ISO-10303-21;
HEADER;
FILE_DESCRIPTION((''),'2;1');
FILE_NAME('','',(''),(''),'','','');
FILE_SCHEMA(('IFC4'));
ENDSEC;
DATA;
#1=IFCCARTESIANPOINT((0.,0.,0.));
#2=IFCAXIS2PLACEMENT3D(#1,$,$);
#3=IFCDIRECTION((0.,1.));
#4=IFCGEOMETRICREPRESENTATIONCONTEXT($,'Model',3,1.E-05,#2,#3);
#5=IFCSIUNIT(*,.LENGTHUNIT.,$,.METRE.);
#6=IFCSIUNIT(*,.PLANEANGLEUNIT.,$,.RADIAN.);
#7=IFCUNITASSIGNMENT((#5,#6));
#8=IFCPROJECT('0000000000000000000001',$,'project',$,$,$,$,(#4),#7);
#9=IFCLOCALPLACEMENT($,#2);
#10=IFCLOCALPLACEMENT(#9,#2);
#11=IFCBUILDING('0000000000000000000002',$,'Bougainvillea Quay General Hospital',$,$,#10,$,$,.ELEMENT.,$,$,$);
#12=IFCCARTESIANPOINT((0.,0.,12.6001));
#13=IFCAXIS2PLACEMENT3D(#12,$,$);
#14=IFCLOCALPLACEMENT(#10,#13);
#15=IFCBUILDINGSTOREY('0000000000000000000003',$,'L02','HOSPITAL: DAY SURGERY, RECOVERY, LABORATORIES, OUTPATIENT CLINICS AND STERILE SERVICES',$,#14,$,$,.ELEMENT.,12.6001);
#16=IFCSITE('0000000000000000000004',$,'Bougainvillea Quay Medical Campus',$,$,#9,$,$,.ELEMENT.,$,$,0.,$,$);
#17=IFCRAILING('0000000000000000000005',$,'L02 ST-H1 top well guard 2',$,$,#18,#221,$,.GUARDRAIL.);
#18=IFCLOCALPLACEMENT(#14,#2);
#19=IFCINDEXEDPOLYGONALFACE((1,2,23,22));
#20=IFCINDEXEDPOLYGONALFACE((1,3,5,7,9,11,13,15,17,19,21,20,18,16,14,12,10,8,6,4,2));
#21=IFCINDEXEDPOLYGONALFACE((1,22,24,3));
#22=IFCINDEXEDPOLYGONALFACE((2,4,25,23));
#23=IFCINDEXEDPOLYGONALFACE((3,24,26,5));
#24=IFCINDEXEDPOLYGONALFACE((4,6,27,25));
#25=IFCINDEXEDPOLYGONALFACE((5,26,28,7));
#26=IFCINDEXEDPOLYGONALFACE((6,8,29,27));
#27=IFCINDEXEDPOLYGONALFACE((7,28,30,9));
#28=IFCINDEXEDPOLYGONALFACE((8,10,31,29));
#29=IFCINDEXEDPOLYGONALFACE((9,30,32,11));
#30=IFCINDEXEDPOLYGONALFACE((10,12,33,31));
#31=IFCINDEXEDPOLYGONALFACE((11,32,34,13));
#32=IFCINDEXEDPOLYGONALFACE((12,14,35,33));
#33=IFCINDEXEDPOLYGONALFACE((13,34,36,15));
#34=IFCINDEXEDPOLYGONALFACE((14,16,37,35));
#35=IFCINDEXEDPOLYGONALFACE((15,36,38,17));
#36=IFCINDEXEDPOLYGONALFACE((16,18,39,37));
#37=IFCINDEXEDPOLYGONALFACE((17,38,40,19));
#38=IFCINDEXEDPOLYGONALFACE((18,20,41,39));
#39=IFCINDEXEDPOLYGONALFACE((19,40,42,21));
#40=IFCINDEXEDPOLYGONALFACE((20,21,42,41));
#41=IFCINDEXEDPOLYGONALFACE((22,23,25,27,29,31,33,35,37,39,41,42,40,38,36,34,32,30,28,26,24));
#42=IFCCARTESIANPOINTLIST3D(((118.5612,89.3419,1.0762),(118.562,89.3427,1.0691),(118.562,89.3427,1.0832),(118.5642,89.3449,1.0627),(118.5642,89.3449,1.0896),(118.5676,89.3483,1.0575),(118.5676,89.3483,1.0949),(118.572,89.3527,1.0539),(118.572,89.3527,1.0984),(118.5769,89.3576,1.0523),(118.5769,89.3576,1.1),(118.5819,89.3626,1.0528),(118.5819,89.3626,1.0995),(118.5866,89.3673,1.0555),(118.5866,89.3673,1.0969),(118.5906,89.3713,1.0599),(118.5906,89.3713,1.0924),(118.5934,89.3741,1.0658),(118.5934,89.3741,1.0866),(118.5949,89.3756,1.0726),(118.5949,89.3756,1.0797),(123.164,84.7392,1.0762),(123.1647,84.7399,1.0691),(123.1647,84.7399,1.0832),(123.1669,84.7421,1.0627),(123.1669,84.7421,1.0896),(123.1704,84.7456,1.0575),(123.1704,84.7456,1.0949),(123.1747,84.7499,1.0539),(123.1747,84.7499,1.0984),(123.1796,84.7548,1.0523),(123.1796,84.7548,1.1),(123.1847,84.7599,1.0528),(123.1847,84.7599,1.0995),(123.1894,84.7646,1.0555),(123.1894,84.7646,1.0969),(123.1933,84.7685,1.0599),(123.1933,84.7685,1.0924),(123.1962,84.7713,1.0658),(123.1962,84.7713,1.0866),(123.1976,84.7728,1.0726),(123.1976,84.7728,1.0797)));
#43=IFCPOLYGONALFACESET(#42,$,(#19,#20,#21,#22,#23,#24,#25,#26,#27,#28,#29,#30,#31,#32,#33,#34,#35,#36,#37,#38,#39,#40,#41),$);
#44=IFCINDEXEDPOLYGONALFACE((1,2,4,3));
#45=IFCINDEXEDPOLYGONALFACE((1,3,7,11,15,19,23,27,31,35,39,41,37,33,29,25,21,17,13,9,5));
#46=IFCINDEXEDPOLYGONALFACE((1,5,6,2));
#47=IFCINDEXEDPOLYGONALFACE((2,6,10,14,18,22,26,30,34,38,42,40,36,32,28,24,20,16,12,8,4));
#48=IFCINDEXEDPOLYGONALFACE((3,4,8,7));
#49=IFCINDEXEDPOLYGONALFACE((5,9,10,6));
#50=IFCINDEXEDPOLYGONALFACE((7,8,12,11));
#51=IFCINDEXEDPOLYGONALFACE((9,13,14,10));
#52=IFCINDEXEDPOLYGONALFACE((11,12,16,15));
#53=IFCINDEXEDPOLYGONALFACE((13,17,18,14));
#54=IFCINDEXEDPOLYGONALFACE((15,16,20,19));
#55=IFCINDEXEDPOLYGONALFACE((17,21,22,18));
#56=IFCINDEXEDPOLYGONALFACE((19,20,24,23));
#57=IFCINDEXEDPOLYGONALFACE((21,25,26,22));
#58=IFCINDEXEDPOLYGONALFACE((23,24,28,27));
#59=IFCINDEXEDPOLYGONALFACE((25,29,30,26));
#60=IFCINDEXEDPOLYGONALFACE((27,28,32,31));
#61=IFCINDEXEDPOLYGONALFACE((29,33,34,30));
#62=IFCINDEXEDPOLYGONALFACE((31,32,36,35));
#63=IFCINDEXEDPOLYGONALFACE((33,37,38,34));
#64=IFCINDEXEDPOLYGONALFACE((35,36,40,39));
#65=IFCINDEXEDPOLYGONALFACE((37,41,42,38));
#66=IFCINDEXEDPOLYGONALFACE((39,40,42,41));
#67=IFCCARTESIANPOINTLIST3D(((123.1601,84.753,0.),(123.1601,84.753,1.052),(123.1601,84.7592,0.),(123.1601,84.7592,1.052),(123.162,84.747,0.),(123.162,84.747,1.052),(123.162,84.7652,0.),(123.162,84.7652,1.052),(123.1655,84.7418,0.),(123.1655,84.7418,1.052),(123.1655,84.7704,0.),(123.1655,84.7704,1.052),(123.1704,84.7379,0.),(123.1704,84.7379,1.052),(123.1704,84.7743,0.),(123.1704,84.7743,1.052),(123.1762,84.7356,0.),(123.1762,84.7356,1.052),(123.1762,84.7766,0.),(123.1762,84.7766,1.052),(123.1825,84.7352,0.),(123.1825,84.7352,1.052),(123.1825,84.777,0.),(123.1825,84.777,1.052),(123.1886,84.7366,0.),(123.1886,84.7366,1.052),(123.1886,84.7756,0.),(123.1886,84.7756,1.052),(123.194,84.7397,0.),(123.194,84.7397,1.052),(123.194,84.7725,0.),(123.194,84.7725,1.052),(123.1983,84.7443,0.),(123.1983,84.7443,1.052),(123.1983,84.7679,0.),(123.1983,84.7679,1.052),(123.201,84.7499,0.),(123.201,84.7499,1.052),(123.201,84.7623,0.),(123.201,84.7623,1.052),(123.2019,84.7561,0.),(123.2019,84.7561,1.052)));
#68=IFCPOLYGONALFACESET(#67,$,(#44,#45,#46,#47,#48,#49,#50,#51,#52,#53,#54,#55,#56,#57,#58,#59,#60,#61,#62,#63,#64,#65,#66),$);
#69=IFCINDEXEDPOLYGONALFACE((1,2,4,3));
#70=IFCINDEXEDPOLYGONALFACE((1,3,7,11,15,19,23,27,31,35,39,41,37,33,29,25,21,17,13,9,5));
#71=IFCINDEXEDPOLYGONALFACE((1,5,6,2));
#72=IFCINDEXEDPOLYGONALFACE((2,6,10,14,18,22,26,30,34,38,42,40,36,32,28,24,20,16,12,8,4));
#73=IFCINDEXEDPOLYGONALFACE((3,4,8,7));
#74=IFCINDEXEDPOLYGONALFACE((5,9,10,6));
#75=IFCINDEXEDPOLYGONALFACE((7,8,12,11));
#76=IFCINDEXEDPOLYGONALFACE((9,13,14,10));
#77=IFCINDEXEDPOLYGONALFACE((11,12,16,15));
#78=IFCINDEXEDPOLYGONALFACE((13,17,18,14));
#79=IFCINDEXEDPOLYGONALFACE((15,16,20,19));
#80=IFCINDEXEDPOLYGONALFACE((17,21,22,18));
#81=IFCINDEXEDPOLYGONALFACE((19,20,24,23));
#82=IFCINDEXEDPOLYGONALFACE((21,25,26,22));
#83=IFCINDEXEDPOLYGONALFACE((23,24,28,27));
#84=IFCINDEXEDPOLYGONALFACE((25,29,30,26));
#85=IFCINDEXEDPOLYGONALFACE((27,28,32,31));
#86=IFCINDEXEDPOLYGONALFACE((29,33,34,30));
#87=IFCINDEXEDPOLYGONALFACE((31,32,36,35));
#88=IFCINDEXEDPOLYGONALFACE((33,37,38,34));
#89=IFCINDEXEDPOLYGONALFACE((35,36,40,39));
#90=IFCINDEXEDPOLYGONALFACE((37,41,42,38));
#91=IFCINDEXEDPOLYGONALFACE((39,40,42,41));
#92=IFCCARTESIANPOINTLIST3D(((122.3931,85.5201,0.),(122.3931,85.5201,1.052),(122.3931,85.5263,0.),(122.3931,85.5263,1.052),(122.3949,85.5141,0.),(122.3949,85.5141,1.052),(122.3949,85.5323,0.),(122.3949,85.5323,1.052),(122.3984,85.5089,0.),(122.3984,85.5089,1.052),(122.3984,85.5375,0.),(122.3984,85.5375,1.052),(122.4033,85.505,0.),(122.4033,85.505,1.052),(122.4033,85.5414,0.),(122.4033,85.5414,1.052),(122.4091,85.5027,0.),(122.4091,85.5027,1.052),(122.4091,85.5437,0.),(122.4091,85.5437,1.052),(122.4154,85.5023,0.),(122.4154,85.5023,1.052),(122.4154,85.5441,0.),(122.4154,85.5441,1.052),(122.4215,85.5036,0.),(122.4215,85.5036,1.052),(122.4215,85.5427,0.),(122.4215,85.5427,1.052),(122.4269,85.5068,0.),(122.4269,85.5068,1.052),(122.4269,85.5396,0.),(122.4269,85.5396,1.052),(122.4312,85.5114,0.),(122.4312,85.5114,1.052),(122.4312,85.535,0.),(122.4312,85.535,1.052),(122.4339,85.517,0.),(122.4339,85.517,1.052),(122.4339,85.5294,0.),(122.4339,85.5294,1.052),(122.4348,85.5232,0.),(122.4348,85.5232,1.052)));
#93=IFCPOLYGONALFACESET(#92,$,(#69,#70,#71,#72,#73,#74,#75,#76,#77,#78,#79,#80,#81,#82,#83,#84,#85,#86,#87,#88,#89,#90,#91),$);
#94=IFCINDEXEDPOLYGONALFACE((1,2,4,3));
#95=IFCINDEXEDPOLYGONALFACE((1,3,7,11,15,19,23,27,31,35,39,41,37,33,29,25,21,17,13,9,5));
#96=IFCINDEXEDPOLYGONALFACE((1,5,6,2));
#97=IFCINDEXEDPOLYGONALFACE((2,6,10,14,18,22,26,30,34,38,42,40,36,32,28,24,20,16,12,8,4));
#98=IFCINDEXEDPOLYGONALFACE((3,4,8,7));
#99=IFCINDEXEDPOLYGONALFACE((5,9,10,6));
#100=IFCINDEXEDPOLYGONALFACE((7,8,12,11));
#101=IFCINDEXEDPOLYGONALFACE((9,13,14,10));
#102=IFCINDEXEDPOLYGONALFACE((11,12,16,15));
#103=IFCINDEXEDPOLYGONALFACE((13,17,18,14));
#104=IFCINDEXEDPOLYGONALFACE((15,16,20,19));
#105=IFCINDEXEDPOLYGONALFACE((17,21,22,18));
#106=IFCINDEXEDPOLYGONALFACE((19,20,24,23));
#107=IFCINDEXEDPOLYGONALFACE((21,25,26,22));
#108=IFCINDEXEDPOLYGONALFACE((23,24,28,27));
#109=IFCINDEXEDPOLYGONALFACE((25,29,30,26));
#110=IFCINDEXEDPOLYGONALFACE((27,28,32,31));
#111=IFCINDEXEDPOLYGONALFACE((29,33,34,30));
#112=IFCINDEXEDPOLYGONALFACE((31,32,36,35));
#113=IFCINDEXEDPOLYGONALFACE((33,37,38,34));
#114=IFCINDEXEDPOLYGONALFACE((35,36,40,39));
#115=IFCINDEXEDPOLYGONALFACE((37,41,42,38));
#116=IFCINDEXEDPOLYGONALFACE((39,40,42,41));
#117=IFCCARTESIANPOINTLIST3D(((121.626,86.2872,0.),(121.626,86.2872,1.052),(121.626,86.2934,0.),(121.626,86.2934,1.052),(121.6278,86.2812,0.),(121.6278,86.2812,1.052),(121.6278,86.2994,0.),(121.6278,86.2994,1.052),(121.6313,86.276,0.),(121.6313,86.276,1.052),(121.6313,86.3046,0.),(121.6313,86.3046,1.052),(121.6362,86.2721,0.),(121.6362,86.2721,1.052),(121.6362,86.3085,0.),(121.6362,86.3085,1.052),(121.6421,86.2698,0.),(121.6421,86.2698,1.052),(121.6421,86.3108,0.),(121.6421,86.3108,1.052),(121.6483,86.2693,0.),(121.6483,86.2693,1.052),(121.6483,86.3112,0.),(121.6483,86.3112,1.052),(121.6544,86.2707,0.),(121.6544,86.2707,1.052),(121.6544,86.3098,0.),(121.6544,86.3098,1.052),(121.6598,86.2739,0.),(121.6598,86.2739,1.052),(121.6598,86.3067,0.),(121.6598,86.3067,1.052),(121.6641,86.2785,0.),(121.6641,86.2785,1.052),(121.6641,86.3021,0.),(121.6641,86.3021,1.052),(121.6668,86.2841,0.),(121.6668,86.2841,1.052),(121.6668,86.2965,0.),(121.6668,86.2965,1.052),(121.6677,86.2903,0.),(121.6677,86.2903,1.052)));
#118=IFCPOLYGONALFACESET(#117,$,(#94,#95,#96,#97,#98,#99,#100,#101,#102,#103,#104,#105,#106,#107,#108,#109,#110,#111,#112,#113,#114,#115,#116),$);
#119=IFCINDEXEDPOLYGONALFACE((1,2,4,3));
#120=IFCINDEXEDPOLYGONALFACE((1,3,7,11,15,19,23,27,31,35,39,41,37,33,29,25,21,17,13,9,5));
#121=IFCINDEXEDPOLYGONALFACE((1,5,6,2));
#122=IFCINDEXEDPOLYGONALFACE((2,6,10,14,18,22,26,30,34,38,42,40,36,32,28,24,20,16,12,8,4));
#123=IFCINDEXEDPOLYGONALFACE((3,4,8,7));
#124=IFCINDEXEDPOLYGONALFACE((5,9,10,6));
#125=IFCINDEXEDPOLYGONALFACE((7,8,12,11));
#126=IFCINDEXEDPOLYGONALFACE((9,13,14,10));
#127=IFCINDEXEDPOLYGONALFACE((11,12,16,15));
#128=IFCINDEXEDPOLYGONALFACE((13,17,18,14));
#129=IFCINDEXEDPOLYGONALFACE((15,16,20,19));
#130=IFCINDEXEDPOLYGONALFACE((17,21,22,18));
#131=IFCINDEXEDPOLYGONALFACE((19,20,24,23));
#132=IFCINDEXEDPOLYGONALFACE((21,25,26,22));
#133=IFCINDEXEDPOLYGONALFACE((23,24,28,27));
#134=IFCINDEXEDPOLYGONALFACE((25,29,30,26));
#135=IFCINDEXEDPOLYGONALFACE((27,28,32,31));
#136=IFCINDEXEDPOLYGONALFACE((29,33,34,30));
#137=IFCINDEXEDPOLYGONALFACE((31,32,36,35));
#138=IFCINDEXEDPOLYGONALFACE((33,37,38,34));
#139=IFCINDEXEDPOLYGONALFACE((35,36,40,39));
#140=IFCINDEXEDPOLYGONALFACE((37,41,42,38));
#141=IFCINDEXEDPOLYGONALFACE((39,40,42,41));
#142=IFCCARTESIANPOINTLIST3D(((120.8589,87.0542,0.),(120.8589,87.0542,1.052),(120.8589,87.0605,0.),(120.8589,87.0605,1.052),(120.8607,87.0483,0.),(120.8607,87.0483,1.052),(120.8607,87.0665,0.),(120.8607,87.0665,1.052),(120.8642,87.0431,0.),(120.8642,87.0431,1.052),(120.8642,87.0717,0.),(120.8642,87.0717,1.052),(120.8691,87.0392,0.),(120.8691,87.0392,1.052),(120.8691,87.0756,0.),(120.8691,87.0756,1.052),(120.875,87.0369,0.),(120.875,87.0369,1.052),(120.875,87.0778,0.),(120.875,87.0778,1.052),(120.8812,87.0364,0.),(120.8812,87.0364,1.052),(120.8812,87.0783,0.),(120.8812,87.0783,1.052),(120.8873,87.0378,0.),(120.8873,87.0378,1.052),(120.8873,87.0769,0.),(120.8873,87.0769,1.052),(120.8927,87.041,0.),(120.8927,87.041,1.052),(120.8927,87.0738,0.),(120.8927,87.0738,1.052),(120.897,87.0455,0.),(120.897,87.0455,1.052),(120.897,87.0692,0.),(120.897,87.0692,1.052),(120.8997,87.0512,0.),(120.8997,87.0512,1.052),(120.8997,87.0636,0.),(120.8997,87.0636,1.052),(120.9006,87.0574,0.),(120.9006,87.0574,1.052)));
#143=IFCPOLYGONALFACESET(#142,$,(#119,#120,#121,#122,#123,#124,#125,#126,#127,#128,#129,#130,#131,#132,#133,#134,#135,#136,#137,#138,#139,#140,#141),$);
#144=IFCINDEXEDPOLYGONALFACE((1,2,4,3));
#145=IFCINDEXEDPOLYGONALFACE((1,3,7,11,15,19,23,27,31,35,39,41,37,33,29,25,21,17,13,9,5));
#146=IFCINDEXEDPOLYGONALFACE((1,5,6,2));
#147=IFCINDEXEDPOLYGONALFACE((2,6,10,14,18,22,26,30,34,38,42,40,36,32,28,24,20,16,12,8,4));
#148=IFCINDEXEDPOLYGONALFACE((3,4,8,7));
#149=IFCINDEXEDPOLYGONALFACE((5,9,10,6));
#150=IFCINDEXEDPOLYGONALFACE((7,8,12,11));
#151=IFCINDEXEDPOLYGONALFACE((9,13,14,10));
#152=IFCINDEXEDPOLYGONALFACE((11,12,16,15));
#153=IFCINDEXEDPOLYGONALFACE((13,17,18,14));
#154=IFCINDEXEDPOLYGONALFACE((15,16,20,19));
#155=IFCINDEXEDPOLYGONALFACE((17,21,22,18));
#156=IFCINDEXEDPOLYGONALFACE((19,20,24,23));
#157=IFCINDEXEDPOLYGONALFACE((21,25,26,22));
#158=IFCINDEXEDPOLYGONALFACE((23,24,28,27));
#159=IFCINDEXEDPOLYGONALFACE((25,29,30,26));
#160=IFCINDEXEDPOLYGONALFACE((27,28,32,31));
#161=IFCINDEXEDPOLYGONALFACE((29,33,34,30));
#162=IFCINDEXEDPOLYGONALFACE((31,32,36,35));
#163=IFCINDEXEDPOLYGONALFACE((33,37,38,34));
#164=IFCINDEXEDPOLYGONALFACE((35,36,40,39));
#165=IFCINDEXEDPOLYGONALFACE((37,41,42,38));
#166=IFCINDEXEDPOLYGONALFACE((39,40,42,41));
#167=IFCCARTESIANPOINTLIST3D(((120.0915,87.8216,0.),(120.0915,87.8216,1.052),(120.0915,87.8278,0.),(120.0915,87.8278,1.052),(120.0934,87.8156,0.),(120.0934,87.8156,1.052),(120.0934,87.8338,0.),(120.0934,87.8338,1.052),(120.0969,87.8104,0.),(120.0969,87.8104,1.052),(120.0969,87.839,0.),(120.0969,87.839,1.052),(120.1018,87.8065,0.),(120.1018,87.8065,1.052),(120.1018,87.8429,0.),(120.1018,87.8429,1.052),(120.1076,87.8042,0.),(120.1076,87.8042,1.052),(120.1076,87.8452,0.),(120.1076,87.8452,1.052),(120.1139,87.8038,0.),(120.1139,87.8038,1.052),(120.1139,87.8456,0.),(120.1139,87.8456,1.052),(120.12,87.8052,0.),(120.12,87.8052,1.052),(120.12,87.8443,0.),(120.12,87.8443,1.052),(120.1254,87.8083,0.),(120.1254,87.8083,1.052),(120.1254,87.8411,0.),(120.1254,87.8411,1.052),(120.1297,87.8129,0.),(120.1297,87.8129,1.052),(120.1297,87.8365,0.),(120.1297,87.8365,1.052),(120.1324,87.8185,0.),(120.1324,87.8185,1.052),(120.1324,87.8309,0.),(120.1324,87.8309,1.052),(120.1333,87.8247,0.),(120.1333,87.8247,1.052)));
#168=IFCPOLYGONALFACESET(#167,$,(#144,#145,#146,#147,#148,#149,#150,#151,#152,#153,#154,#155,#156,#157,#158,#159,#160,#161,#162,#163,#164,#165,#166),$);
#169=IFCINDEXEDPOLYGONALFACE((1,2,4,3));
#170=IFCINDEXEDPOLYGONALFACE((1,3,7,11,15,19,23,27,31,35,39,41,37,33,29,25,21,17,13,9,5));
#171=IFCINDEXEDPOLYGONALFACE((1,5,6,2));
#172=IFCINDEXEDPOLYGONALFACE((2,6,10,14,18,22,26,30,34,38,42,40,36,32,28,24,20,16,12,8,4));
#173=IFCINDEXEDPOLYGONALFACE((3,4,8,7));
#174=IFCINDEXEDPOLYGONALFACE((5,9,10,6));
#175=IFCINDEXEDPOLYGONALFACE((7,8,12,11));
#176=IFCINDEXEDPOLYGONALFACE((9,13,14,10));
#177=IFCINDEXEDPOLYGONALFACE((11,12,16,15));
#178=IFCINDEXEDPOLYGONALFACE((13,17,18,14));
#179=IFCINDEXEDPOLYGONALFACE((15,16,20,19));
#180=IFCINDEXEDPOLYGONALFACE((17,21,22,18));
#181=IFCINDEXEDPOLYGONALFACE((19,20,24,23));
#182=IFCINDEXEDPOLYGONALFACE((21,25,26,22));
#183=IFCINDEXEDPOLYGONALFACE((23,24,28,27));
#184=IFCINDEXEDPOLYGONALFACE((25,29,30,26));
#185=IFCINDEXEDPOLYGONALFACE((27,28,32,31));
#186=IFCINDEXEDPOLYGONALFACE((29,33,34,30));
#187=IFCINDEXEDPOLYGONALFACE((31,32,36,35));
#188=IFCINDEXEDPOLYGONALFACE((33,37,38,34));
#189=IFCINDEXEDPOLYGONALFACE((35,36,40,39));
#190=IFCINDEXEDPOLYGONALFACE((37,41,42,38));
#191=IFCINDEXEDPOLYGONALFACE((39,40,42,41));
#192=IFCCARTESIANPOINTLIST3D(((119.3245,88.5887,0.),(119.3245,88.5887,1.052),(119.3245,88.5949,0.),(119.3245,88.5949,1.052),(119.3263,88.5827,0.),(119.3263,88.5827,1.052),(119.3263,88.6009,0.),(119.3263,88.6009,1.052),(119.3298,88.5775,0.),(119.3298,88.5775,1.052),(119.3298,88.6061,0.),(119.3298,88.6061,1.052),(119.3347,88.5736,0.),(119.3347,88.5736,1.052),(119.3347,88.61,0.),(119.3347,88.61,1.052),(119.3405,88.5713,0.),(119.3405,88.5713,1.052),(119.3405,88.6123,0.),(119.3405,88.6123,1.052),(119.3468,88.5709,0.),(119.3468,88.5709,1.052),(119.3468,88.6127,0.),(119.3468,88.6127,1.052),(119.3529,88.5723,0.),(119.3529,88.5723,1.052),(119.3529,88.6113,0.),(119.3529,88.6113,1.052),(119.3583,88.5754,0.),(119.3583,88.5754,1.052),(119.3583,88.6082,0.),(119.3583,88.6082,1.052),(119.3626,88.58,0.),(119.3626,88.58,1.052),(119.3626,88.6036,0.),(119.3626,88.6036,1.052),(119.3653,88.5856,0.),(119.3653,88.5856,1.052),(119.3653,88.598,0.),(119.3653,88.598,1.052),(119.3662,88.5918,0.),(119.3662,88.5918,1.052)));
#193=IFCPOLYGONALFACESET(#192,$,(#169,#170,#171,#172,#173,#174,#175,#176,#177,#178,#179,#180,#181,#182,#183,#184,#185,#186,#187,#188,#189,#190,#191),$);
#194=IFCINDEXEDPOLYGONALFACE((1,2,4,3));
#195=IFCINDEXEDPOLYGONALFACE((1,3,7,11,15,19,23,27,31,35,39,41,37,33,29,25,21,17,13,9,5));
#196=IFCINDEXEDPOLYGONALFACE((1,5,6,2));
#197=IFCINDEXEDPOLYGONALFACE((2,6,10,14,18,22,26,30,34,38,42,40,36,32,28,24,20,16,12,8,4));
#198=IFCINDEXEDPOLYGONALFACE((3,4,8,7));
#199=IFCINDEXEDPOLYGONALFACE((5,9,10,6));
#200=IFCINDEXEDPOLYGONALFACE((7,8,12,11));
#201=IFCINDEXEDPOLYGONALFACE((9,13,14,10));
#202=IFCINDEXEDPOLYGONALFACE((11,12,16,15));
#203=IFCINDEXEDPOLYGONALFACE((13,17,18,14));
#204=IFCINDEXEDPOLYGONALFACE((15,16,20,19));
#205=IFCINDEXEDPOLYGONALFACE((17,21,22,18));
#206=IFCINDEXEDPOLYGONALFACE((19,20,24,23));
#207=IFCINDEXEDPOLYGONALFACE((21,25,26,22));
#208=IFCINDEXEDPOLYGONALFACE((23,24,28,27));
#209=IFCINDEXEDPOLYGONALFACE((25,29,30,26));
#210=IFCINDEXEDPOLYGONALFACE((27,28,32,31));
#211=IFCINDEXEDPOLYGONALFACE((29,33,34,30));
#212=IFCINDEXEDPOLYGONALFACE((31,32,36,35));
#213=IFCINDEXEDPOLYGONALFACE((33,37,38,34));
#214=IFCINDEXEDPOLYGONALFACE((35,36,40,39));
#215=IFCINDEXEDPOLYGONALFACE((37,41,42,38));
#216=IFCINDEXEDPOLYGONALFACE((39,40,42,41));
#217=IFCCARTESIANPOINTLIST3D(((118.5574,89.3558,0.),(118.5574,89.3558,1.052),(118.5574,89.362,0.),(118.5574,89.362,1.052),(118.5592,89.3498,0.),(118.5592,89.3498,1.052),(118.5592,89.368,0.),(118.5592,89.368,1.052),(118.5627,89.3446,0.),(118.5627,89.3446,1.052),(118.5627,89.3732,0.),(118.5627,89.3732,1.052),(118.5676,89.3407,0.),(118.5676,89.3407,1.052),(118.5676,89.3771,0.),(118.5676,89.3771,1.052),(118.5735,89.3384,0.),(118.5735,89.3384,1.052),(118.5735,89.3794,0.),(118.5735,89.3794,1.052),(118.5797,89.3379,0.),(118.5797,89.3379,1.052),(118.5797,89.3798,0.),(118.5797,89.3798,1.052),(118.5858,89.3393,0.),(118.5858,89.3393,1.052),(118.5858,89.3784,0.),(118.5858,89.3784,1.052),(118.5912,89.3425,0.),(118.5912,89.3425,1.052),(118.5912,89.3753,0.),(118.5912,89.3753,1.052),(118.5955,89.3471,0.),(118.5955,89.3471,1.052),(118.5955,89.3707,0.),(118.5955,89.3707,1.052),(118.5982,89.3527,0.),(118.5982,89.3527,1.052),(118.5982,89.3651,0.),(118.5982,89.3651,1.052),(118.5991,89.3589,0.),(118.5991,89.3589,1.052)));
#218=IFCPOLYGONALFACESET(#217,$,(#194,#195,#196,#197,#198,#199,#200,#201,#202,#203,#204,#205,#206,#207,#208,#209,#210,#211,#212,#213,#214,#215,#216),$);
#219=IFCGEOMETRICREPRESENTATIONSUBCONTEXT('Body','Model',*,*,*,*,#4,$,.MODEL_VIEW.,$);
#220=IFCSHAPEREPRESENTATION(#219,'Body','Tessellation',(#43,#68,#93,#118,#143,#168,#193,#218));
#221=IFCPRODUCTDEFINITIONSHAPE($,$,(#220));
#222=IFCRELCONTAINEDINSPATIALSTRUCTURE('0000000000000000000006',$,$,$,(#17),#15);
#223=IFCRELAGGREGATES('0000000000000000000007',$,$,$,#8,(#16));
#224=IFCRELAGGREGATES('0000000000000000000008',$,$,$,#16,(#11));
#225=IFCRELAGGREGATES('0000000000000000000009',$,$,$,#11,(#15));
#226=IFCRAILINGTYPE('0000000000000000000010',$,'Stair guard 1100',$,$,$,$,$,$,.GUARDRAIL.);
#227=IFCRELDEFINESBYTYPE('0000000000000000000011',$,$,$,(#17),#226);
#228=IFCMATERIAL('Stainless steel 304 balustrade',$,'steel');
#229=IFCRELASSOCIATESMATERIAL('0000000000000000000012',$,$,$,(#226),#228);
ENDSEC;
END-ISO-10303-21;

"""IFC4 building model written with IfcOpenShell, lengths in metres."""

from ifc_helpers import new_model, si_unit, direction, frame, origin, origin_2d, place, context, subcontext, project, spatial, circle, extrude, material, type_object, element, save


model = new_model("IFC4")

# Units and contexts
model_context = context("Model", 3, precision=1e-05, world=origin(), true_north=direction((0.0, 1.0)))
body_context = subcontext(model_context, "Body", "Model", "MODEL_VIEW")
ifc_project = project(units=[si_unit("LENGTHUNIT", "METRE"), si_unit("PLANEANGLEUNIT", "RADIAN")], contexts=[model_context])

# Site, building, storey
site_placement = place(None, origin())
site = spatial("IfcSite", under=ifc_project, at=site_placement, Name="Bougainvillea Quay Medical Campus", CompositionType="ELEMENT", RefElevation=0.0)
building_placement = place(site_placement, origin())
building = spatial("IfcBuilding", under=site, at=building_placement, Name="Bougainvillea Quay General Hospital", CompositionType="ELEMENT")
storey_placement = place(building_placement, frame((0.0, 0.0, 12.6001)))
storey = spatial("IfcBuildingStorey", under=building, at=storey_placement, Name="L02", Description="HOSPITAL: DAY SURGERY, RECOVERY, LABORATORIES, OUTPATIENT CLINICS AND STERILE SERVICES", CompositionType="ELEMENT", Elevation=12.6001)

# Railing
ifc_material_1 = material(Name="Stainless steel 304 balustrade", Category="steel")
railing_type = type_object("IfcRailingType", Name="Stair guard 1100", PredefinedType="GUARDRAIL", material=ifc_material_1)
railing_1_placement = place(storey_placement, frame((123.1809, 84.7561, 0.0)))
element("IfcRailing", 1, at=railing_1_placement, inside=storey, type_object=railing_type, Name="L02 ST-H1 top well guard 2", PredefinedType="GUARDRAIL", context=body_context, shape_type="SweptSolid", body=[
    extrude(circle(Radius=0.0239, at=origin_2d()), frame((0.0, 0.0, 1.0762), z_axis=(-0.707107, 0.707107, 0.0), x_axis=(-0.707107, -0.707107, 0.0)), (0.0, 0.0, 1.0), 6.5093),
    extrude(circle(Radius=0.021, at=origin_2d()), origin(), (0.0, 0.0, 1.0), 1.052),
    extrude(circle(Radius=0.021, at=origin_2d()), frame((-0.7671, 0.7671, 0.0)), (0.0, 0.0, 1.0), 1.052),
    extrude(circle(Radius=0.021, at=origin_2d()), frame((-1.5342, 1.5342, 0.0)), (0.0, 0.0, 1.0), 1.052),
    extrude(circle(Radius=0.021, at=origin_2d()), frame((-2.3013, 2.3013, 0.0)), (0.0, 0.0, 1.0), 1.052),
    extrude(circle(Radius=0.021, at=origin_2d()), frame((-3.0686, 3.0686, 0.0)), (0.0, 0.0, 1.0), 1.052),
    extrude(circle(Radius=0.021, at=origin_2d()), frame((-3.8357, 3.8357, 0.0)), (0.0, 0.0, 1.0), 1.052),
    extrude(circle(Radius=0.021, at=origin_2d()), frame((-4.6028, 4.6028, 0.0)), (0.0, 0.0, 1.0), 1.052),
])

save(model, "model.ifc")
